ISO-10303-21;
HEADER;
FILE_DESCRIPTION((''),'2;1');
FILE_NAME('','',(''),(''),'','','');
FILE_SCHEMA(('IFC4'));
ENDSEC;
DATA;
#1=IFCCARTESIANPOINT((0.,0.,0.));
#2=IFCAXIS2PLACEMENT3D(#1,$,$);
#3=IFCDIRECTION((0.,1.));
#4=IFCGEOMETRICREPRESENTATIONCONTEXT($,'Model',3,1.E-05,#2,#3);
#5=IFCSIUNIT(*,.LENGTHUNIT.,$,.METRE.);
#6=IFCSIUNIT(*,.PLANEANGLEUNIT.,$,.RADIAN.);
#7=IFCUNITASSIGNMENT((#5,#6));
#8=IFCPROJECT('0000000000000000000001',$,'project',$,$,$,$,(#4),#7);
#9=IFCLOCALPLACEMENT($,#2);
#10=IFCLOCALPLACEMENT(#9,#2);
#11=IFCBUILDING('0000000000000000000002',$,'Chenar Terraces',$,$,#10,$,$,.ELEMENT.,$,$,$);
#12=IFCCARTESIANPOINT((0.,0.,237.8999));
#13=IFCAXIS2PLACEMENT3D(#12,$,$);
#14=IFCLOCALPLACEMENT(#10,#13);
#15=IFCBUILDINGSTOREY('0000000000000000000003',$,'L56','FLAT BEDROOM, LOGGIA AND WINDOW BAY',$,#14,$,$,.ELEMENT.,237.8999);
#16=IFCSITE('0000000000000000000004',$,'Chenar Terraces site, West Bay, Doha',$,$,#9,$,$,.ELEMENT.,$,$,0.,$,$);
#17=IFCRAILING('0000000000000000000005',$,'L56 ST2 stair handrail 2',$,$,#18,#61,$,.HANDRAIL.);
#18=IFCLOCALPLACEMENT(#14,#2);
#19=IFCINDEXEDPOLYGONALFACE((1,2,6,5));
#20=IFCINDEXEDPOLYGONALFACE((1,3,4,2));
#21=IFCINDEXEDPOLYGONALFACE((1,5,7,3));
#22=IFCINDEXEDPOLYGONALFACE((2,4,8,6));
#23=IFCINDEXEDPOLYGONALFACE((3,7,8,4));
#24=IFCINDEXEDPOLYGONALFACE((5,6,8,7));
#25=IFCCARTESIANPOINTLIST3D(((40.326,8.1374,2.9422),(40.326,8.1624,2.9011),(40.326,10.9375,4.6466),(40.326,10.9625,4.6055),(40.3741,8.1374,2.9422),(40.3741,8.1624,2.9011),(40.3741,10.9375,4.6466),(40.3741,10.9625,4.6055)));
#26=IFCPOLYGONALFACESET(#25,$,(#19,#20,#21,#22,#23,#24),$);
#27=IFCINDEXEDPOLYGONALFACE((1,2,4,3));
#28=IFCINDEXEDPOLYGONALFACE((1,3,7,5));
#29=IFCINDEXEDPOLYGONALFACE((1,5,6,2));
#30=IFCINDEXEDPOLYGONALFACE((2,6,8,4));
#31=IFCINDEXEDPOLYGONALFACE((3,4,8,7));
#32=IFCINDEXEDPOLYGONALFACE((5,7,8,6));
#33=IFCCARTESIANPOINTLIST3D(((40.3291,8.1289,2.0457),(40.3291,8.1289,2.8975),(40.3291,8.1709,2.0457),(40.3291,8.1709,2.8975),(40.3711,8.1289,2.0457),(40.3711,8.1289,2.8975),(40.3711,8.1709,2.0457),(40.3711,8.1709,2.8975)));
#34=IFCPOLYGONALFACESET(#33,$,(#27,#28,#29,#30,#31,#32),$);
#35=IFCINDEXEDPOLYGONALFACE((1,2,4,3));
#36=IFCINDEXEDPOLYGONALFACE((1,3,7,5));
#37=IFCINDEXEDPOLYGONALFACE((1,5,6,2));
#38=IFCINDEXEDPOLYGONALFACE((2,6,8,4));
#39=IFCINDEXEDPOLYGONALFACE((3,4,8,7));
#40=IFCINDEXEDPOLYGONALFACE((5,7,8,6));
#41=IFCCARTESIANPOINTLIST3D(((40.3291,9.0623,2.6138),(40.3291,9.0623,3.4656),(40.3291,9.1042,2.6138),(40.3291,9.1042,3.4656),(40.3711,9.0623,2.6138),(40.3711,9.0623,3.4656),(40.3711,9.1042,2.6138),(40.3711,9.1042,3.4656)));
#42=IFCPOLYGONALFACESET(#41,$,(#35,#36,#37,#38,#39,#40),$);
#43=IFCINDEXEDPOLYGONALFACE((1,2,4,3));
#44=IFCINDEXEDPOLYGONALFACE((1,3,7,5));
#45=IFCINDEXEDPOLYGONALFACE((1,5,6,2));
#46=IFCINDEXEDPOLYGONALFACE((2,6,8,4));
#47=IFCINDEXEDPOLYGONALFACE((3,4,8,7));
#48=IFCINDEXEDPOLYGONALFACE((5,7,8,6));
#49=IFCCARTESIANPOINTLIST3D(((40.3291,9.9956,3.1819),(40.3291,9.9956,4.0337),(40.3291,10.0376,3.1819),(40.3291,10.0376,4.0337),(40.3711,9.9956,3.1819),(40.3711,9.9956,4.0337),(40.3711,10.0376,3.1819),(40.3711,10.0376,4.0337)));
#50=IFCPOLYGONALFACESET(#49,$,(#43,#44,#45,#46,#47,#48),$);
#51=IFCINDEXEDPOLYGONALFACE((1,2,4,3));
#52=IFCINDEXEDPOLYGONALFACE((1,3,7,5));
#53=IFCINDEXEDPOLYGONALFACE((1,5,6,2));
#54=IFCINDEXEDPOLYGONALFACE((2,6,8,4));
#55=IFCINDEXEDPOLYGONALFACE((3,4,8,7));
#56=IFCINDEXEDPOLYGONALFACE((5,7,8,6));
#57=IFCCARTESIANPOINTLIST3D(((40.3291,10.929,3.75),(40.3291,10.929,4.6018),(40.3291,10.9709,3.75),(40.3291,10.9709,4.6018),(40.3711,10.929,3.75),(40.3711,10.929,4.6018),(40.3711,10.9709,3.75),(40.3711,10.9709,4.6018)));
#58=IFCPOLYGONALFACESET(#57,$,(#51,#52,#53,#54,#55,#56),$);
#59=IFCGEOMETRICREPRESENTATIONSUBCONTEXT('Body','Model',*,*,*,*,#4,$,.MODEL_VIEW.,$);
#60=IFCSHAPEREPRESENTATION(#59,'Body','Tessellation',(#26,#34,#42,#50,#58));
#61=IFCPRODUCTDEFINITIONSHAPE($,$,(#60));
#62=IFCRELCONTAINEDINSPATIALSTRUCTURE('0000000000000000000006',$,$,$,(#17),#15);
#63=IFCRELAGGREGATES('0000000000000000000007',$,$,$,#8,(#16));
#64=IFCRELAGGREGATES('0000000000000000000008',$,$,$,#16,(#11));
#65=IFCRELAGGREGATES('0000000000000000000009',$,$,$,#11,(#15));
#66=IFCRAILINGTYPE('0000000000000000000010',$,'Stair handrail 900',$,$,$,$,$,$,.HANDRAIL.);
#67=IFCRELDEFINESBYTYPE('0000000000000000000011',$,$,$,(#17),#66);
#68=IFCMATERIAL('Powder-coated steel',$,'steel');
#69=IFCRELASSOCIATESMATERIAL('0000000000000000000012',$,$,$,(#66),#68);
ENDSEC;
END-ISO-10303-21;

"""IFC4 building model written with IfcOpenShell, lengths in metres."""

from ifc_helpers import new_model, si_unit, direction, frame, origin, origin_2d, place, context, subcontext, project, spatial, rectangle, extrude, material, type_object, element, save


model = new_model("IFC4")

# Units and contexts
model_context = context("Model", 3, precision=1e-05, world=origin(), true_north=direction((0.0, 1.0)))
body_context = subcontext(model_context, "Body", "Model", "MODEL_VIEW")
ifc_project = project(units=[si_unit("LENGTHUNIT", "METRE"), si_unit("PLANEANGLEUNIT", "RADIAN")], contexts=[model_context])

# Site, building, storey
site_placement = place(None, origin())
site = spatial("IfcSite", under=ifc_project, at=site_placement, Name="Chenar Terraces site, West Bay, Doha", CompositionType="ELEMENT", RefElevation=0.0)
building_placement = place(site_placement, origin())
building = spatial("IfcBuilding", under=site, at=building_placement, Name="Chenar Terraces", CompositionType="ELEMENT")
storey_placement = place(building_placement, frame((0.0, 0.0, 237.8999)))
storey = spatial("IfcBuildingStorey", under=building, at=storey_placement, Name="L56", Description="FLAT BEDROOM, LOGGIA AND WINDOW BAY", CompositionType="ELEMENT", Elevation=237.8999)

# Railing
ifc_material_1 = material(Name="Powder-coated steel", Category="steel")
railing_type_1 = type_object("IfcRailingType", Name="Stair handrail 900", PredefinedType="HANDRAIL", material=ifc_material_1)
railing_1_placement = place(storey_placement, frame((40.3501, 8.1499, 2.0457)))
element("IfcRailing", 1, at=railing_1_placement, inside=storey, type_object=railing_type_1, Name="L56 ST2 stair handrail 2", PredefinedType="HANDRAIL", context=body_context, shape_type="SweptSolid", body=[
    extrude(rectangle(XDim=0.0481, YDim=0.0481, at=origin_2d()), frame((0.0, 0.0, 0.876), z_axis=(0.0, 0.854203, 0.51994), x_axis=(-1.0, 0.0, 0.0)), (0.0, 0.0, 1.0), 3.2781),
    extrude(rectangle(XDim=0.042, YDim=0.042, at=origin_2d()), origin(), (0.0, 0.0, 1.0), 0.8518),
    extrude(rectangle(XDim=0.042, YDim=0.042, at=origin_2d()), frame((0.0, 0.9333, 0.5681)), (0.0, 0.0, 1.0), 0.8518),
    extrude(rectangle(XDim=0.042, YDim=0.042, at=origin_2d()), frame((0.0, 1.8667, 1.1362)), (0.0, 0.0, 1.0), 0.8518),
    extrude(rectangle(XDim=0.042, YDim=0.042, at=origin_2d()), frame((0.0, 2.8, 1.7043)), (0.0, 0.0, 1.0), 0.8518),
])

save(model, "model.ifc")
